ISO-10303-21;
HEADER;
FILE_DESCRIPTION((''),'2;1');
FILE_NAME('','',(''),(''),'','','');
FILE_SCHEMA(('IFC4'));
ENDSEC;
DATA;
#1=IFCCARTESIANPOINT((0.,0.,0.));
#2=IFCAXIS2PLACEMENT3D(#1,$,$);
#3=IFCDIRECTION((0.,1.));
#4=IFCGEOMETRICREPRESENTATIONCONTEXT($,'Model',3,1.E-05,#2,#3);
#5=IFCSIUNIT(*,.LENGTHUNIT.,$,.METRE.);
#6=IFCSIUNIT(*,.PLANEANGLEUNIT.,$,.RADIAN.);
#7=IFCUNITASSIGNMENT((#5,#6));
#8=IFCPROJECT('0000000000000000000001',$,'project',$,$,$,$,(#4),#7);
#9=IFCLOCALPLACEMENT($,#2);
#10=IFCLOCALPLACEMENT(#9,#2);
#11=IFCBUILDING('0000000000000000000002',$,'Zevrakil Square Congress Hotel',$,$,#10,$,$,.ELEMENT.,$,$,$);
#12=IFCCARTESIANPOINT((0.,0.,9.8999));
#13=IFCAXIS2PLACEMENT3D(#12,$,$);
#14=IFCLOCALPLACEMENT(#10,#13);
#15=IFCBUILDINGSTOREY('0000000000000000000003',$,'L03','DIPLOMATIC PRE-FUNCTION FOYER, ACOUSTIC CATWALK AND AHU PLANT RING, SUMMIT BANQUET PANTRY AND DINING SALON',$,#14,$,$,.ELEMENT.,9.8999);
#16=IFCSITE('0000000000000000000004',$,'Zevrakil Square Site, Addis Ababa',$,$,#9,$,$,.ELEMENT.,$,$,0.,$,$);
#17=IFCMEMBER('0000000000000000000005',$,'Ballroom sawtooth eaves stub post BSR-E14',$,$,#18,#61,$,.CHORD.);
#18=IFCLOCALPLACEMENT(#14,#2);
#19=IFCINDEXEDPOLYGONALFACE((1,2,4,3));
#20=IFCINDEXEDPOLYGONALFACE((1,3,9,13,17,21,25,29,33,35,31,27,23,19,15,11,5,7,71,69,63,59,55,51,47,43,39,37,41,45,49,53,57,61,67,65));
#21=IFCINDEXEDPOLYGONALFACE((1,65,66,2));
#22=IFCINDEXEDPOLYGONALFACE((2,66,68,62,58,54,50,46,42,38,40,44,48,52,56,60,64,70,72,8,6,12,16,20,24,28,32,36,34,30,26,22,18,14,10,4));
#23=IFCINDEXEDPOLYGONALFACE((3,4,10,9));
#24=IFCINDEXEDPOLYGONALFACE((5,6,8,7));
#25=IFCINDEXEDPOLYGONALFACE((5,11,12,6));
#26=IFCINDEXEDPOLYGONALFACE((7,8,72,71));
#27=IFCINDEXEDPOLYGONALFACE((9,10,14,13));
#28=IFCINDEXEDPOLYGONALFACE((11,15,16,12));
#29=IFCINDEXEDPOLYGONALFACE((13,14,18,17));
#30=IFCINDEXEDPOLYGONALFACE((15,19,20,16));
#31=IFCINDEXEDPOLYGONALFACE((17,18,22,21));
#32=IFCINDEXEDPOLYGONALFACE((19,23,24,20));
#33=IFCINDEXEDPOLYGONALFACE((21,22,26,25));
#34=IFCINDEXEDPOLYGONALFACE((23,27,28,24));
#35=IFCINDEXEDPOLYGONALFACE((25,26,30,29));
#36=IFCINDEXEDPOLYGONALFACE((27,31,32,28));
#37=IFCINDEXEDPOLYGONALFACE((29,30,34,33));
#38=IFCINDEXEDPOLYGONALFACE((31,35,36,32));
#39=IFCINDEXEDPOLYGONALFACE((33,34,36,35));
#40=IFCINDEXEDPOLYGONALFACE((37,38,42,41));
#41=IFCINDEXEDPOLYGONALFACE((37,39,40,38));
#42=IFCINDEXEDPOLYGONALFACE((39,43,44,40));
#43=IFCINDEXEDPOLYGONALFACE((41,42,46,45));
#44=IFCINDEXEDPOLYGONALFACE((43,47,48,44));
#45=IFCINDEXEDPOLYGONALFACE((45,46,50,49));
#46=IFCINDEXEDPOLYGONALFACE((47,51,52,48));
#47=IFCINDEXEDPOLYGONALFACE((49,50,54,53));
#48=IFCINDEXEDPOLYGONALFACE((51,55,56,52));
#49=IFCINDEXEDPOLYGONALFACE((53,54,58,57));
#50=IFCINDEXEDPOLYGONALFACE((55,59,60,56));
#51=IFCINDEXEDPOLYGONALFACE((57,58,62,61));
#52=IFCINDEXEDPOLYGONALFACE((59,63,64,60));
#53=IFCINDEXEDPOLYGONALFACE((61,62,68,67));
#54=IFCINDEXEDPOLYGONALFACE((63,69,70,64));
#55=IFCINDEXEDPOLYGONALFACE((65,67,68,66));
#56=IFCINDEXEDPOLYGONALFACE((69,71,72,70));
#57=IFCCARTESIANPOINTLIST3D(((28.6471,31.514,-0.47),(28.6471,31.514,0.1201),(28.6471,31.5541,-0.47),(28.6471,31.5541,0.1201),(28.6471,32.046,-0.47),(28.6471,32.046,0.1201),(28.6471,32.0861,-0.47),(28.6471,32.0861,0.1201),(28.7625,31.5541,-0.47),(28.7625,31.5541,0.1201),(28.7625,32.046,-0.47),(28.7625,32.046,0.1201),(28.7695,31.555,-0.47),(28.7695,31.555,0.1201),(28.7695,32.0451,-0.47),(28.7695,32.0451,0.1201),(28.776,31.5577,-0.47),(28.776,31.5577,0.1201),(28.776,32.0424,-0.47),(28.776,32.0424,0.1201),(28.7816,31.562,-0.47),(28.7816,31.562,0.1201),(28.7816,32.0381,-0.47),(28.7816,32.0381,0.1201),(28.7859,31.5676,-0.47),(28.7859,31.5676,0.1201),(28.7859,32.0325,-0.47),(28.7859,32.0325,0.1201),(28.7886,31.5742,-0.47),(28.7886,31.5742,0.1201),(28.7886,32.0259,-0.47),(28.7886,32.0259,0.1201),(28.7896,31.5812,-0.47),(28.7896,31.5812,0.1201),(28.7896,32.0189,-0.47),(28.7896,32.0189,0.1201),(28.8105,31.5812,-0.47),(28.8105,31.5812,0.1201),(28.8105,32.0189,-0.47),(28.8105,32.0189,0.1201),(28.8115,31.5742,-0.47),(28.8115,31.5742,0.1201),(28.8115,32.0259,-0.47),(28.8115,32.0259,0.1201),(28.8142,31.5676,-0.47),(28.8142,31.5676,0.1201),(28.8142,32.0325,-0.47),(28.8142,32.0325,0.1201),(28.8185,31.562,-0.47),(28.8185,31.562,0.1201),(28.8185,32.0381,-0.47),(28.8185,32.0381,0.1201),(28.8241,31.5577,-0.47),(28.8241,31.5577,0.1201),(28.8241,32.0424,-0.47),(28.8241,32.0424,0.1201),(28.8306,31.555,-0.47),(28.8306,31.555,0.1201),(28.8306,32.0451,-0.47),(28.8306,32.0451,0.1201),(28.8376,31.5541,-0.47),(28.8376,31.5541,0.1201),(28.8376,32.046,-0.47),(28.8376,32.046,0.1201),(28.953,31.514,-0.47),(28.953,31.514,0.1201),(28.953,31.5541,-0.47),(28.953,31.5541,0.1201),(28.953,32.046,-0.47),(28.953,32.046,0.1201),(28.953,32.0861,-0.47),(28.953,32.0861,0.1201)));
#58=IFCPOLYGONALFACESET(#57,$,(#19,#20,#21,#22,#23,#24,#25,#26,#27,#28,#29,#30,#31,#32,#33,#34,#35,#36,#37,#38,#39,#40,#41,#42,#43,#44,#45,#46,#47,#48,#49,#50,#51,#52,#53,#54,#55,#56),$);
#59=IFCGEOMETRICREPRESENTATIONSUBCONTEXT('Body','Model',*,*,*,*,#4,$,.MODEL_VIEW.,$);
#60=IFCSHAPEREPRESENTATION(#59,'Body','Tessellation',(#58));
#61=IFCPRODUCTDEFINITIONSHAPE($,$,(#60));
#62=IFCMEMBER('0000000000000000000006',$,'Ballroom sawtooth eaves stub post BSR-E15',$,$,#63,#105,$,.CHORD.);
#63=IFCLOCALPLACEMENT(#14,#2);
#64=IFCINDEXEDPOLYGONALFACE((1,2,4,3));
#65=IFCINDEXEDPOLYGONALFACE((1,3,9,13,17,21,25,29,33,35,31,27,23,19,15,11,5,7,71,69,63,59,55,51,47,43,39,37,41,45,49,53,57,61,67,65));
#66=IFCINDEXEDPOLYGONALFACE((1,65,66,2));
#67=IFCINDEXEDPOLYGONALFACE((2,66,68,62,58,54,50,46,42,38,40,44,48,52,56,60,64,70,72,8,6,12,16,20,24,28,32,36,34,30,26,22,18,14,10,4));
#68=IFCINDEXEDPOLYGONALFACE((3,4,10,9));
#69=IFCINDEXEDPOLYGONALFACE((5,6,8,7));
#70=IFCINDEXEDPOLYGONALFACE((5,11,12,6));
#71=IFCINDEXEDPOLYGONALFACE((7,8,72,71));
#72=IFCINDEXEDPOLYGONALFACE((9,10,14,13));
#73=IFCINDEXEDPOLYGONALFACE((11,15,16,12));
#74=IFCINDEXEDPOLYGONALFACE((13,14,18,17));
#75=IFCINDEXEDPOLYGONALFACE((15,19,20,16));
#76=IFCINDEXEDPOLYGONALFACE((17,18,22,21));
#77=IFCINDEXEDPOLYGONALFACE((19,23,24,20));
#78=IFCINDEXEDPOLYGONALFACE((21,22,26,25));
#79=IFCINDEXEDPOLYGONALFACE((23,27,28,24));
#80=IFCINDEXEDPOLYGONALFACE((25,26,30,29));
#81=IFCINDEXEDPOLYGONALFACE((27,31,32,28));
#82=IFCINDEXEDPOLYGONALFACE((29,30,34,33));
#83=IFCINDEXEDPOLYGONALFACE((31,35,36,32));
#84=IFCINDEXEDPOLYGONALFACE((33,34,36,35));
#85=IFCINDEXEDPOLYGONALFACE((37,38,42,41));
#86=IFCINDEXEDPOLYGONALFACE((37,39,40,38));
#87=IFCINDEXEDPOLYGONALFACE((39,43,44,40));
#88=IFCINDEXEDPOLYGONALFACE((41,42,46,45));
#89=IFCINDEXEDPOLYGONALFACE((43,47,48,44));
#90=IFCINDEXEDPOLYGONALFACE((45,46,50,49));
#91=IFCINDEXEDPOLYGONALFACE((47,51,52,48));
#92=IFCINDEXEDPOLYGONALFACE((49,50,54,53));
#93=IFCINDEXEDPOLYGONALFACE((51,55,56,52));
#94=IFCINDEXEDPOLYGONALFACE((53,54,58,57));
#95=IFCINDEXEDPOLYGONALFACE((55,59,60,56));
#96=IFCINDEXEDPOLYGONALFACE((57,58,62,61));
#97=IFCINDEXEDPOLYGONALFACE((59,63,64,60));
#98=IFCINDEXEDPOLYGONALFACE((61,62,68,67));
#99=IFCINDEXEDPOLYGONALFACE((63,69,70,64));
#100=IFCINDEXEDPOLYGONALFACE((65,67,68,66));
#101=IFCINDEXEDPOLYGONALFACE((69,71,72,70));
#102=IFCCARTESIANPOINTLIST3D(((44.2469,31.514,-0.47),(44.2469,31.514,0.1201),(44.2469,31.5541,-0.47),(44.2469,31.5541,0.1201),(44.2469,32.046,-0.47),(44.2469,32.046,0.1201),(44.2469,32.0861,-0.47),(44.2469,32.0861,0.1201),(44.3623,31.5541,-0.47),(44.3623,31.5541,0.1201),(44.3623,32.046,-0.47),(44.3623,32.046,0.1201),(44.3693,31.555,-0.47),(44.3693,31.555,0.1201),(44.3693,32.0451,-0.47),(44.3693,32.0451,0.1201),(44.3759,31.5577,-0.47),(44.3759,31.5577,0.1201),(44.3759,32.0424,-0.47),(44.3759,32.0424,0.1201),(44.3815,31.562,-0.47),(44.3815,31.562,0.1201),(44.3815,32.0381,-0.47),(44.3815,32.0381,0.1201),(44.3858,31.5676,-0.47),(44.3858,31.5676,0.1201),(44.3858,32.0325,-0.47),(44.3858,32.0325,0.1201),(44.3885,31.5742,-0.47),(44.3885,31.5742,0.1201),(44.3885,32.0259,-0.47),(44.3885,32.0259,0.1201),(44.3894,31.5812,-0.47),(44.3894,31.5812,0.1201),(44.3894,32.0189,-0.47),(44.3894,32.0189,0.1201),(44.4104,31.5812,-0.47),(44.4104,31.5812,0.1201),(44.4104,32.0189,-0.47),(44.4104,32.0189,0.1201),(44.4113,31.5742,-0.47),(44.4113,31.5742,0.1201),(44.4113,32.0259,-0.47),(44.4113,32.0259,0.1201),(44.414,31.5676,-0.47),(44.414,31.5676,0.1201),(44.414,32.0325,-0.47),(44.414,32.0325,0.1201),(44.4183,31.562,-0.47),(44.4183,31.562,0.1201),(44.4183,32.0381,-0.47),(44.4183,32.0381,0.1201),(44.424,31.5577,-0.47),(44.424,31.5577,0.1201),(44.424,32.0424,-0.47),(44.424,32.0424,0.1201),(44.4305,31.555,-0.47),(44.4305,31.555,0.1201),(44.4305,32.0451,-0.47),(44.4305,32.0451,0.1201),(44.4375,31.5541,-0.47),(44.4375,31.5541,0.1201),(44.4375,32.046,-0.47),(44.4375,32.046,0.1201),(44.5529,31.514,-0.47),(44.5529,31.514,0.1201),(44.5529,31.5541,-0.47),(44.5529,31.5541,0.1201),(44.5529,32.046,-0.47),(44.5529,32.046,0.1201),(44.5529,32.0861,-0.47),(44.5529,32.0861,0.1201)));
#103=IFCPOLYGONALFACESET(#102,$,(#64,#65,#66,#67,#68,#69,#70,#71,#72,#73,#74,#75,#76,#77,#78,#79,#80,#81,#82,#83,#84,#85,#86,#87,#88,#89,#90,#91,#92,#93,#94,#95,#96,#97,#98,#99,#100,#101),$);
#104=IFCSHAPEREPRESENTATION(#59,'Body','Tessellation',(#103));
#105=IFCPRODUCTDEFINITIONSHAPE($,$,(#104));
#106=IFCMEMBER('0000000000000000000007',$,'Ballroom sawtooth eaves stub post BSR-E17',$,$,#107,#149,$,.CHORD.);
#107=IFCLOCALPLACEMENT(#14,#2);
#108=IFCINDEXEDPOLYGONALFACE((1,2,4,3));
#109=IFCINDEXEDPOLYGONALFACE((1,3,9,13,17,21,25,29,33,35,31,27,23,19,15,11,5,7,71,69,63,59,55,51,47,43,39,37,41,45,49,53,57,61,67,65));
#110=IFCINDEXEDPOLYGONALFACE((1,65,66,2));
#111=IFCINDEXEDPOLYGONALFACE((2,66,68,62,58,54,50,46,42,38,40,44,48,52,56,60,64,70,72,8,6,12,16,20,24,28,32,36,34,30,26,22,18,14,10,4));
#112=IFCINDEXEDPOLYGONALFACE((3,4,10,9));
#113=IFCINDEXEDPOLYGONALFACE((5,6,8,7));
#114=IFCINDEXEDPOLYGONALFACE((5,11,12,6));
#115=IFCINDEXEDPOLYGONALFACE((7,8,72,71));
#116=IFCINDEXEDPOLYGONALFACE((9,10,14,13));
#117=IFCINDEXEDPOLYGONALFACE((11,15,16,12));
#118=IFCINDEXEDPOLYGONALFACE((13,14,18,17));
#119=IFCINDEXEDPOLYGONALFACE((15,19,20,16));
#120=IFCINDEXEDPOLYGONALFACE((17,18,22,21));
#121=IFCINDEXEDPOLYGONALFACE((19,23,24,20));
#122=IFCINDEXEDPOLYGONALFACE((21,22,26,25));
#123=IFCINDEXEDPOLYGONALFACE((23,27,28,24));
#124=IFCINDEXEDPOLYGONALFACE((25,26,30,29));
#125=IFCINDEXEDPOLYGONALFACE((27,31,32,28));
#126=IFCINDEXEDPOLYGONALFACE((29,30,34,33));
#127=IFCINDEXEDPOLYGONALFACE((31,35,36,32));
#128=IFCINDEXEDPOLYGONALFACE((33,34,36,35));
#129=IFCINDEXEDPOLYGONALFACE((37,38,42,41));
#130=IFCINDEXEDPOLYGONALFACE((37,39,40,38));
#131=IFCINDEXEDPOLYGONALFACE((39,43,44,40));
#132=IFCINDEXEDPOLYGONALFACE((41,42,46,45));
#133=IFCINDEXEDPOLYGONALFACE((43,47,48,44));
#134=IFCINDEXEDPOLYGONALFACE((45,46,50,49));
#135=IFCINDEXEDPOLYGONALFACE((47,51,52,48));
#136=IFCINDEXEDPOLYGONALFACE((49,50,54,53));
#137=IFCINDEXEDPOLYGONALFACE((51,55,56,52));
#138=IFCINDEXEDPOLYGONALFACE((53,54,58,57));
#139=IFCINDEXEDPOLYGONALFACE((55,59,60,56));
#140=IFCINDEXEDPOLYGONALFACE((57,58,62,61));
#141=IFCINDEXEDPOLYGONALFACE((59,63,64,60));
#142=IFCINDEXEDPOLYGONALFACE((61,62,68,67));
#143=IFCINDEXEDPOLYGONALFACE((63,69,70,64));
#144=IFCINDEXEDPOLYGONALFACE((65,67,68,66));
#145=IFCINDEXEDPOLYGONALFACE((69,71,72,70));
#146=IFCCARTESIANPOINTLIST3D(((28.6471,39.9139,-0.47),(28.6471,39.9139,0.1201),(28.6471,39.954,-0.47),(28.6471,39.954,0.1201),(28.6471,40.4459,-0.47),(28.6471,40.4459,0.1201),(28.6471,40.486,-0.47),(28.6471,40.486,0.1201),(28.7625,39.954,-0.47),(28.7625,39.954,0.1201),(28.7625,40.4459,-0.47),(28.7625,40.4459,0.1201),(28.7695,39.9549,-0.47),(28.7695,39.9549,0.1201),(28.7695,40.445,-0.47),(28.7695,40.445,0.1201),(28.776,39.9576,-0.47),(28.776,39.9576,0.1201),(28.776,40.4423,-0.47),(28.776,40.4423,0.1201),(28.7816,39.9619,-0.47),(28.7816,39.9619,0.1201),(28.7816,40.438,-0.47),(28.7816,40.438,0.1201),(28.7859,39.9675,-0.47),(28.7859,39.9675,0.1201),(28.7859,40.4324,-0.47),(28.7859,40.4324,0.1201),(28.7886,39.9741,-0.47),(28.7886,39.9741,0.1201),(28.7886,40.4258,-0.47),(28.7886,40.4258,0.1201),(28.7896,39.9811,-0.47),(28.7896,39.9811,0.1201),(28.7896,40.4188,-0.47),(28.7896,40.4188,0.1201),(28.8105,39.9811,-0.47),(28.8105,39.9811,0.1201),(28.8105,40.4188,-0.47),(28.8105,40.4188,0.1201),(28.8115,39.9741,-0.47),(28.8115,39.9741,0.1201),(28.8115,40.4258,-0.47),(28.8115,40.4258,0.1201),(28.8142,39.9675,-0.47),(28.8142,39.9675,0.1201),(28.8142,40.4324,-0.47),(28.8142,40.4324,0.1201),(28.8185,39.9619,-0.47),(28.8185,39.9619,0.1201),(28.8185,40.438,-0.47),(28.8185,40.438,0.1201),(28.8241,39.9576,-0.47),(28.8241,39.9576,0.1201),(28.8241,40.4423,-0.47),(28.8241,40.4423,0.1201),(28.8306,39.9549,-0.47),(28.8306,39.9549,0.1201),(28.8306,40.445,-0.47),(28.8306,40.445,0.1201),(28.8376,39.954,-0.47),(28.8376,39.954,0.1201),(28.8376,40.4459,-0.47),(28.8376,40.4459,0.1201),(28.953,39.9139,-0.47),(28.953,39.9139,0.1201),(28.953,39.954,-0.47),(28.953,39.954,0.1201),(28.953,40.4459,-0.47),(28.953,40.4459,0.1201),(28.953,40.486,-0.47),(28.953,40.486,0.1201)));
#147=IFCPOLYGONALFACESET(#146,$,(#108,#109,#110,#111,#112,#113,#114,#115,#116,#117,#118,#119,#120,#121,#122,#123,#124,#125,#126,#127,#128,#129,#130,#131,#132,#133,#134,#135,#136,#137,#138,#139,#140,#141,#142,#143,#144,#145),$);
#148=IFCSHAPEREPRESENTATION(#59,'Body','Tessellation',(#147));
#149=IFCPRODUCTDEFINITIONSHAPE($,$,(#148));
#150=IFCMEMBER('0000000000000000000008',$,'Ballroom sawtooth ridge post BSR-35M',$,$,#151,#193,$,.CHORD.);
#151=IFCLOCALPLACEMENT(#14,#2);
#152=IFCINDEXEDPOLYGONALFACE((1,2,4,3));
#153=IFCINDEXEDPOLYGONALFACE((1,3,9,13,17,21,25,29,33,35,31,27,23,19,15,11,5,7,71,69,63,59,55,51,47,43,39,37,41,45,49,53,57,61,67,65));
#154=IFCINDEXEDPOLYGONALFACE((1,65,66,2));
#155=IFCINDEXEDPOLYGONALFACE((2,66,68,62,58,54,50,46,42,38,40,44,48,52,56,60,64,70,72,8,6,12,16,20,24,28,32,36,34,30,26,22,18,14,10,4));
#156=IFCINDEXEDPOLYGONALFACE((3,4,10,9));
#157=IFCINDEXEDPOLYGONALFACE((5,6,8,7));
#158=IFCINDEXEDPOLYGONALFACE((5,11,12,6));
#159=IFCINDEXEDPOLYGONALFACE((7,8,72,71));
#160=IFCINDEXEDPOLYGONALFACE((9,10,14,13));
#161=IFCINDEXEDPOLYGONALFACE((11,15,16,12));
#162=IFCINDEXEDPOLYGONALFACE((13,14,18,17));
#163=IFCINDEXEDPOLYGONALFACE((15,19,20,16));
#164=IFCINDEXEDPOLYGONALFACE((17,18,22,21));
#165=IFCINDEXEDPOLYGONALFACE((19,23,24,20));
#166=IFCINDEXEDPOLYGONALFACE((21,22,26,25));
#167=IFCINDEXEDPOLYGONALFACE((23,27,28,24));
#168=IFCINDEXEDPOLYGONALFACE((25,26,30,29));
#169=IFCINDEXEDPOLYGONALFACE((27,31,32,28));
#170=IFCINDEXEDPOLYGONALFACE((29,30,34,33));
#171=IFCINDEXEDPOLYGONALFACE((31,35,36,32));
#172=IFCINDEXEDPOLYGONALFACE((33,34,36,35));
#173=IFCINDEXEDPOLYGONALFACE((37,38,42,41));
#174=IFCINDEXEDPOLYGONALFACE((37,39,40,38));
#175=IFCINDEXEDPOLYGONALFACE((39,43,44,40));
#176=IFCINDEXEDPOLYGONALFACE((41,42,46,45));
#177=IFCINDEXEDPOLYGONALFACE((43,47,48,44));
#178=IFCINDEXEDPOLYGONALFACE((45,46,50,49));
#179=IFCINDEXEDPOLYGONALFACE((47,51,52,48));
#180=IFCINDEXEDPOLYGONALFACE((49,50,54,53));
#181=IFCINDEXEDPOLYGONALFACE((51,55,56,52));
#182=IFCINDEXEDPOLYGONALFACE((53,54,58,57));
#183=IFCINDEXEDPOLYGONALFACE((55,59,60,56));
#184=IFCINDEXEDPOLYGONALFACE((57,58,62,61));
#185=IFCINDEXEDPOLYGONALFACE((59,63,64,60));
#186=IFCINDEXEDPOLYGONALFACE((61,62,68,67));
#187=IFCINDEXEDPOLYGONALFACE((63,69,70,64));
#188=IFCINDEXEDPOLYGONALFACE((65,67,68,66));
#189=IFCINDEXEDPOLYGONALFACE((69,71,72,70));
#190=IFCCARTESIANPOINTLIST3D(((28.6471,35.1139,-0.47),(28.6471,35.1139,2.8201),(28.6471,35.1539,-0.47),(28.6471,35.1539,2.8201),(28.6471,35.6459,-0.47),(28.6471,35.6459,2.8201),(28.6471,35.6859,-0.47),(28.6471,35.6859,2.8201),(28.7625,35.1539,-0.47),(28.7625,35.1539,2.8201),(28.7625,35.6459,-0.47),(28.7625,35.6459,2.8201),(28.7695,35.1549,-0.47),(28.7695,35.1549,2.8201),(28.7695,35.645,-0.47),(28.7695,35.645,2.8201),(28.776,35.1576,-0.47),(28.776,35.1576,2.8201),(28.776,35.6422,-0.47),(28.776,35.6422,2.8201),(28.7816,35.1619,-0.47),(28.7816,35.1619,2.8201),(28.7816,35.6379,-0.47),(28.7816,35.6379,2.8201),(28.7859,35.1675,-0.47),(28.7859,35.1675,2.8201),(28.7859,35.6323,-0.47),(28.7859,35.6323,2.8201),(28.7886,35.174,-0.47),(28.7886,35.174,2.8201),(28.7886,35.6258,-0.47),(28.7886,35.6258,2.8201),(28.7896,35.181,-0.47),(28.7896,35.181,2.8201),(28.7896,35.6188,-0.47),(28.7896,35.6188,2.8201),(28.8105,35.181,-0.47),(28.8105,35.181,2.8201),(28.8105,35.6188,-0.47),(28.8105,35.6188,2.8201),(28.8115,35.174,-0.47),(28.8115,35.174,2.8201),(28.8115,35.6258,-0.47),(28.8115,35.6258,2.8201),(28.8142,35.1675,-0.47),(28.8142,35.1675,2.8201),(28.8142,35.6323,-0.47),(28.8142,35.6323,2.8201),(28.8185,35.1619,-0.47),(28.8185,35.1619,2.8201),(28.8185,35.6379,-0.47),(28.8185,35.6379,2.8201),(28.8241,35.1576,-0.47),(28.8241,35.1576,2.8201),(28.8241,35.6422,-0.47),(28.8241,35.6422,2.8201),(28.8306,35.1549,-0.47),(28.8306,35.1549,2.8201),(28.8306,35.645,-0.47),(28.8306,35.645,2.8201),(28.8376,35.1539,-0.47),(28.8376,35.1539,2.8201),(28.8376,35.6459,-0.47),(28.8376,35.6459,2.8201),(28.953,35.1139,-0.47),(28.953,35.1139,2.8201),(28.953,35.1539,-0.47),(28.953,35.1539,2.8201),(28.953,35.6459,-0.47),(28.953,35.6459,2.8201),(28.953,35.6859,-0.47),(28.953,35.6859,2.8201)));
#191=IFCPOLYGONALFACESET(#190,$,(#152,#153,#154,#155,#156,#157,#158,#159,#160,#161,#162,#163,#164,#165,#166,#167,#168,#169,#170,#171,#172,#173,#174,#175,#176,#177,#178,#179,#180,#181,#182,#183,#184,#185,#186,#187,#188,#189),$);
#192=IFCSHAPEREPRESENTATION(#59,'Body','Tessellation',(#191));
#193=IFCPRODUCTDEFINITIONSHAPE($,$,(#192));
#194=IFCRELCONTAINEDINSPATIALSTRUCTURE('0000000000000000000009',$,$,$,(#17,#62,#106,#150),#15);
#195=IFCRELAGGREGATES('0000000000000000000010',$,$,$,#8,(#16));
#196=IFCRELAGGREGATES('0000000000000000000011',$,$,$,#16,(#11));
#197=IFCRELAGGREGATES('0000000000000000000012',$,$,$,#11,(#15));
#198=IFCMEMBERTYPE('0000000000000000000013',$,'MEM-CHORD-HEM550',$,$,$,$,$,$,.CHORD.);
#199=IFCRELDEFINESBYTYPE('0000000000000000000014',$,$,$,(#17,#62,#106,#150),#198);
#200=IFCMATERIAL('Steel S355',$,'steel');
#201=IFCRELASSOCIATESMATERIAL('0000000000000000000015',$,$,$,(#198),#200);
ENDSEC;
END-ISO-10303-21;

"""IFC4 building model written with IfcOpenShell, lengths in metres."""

from ifc_helpers import new_model, si_unit, direction, frame, origin, origin_2d, place, context, subcontext, project, spatial, i_section, extrude, material, material_profile, profile_set, type_object, element, save


model = new_model("IFC4")

# Units and contexts
model_context = context("Model", 3, precision=1e-05, world=origin(), true_north=direction((0.0, 1.0)))
body_context = subcontext(model_context, "Body", "Model", "MODEL_VIEW")
ifc_project = project(units=[si_unit("LENGTHUNIT", "METRE"), si_unit("PLANEANGLEUNIT", "RADIAN")], contexts=[model_context])

# Site, building, storey
site_placement = place(None, origin())
site = spatial("IfcSite", under=ifc_project, at=site_placement, Name="Zevrakil Square Site, Addis Ababa", CompositionType="ELEMENT", RefElevation=0.0)
building_placement = place(site_placement, origin())
building = spatial("IfcBuilding", under=site, at=building_placement, Name="Zevrakil Square Congress Hotel", CompositionType="ELEMENT")
storey_placement = place(building_placement, frame((0.0, 0.0, 9.8999)))
storey = spatial("IfcBuildingStorey", under=building, at=storey_placement, Name="L03", Description="DIPLOMATIC PRE-FUNCTION FOYER, ACOUSTIC CATWALK AND AHU PLANT RING, SUMMIT BANQUET PANTRY AND DINING SALON", CompositionType="ELEMENT", Elevation=9.8999)

# Members
ifc_material_1 = material(Name="Steel S355", Category="steel")
ifc_material_profile_1 = material_profile(ifc_material_1, i_section(OverallWidth=0.3059, OverallDepth=0.572, WebThickness=0.021, FlangeThickness=0.04, FilletRadius=0.0271, at=origin_2d()), Name="HEM 550")
ifc_profile_set_1 = profile_set([ifc_material_profile_1], Name="Steel S355")
member_type_1 = type_object("IfcMemberType", Name="MEM-CHORD-HEM550", PredefinedType="CHORD", material=ifc_profile_set_1)
for number, where, z_axis, x_axis, name in (
    (1, (28.8, 31.8, -0.47), (0.0, 0.0, 1.0), (1.0, 0.0, 0.0), "Ballroom sawtooth eaves stub post BSR-E14"),
    (2, (44.3999, 31.8, -0.47), (0.0, 0.0, 1.0), (1.0, 0.0, 0.0), "Ballroom sawtooth eaves stub post BSR-E15"),
    (3, (28.8, 40.2, -0.47), (0.0, 0.0, 1.0), (1.0, 0.0, 0.0), "Ballroom sawtooth eaves stub post BSR-E17"),
):
    element("IfcMember", number, at=place(storey_placement, frame(where, z_axis=z_axis, x_axis=x_axis)), inside=storey, type_object=member_type_1, Name=name, PredefinedType="CHORD", context=body_context, shape_type="SweptSolid", body=[
        extrude(i_section(OverallWidth=0.3059, OverallDepth=0.572, WebThickness=0.021, FlangeThickness=0.04, FilletRadius=0.0271, at=origin_2d()), origin(), (0.0, 0.0, 1.0), 0.5901),
    ])
for number, where, z_axis, x_axis, name in (
    (4, (28.8, 35.3999, -0.47), (0.0, 0.0, 1.0), (1.0, 0.0, 0.0), "Ballroom sawtooth ridge post BSR-35M"),
):
    element("IfcMember", number, at=place(storey_placement, frame(where, z_axis=z_axis, x_axis=x_axis)), inside=storey, type_object=member_type_1, Name=name, PredefinedType="CHORD", context=body_context, shape_type="SweptSolid", body=[
        extrude(i_section(OverallWidth=0.3059, OverallDepth=0.572, WebThickness=0.021, FlangeThickness=0.04, FilletRadius=0.0271, at=origin_2d()), origin(), (0.0, 0.0, 1.0), 3.29),
    ])

save(model, "model.ifc")
